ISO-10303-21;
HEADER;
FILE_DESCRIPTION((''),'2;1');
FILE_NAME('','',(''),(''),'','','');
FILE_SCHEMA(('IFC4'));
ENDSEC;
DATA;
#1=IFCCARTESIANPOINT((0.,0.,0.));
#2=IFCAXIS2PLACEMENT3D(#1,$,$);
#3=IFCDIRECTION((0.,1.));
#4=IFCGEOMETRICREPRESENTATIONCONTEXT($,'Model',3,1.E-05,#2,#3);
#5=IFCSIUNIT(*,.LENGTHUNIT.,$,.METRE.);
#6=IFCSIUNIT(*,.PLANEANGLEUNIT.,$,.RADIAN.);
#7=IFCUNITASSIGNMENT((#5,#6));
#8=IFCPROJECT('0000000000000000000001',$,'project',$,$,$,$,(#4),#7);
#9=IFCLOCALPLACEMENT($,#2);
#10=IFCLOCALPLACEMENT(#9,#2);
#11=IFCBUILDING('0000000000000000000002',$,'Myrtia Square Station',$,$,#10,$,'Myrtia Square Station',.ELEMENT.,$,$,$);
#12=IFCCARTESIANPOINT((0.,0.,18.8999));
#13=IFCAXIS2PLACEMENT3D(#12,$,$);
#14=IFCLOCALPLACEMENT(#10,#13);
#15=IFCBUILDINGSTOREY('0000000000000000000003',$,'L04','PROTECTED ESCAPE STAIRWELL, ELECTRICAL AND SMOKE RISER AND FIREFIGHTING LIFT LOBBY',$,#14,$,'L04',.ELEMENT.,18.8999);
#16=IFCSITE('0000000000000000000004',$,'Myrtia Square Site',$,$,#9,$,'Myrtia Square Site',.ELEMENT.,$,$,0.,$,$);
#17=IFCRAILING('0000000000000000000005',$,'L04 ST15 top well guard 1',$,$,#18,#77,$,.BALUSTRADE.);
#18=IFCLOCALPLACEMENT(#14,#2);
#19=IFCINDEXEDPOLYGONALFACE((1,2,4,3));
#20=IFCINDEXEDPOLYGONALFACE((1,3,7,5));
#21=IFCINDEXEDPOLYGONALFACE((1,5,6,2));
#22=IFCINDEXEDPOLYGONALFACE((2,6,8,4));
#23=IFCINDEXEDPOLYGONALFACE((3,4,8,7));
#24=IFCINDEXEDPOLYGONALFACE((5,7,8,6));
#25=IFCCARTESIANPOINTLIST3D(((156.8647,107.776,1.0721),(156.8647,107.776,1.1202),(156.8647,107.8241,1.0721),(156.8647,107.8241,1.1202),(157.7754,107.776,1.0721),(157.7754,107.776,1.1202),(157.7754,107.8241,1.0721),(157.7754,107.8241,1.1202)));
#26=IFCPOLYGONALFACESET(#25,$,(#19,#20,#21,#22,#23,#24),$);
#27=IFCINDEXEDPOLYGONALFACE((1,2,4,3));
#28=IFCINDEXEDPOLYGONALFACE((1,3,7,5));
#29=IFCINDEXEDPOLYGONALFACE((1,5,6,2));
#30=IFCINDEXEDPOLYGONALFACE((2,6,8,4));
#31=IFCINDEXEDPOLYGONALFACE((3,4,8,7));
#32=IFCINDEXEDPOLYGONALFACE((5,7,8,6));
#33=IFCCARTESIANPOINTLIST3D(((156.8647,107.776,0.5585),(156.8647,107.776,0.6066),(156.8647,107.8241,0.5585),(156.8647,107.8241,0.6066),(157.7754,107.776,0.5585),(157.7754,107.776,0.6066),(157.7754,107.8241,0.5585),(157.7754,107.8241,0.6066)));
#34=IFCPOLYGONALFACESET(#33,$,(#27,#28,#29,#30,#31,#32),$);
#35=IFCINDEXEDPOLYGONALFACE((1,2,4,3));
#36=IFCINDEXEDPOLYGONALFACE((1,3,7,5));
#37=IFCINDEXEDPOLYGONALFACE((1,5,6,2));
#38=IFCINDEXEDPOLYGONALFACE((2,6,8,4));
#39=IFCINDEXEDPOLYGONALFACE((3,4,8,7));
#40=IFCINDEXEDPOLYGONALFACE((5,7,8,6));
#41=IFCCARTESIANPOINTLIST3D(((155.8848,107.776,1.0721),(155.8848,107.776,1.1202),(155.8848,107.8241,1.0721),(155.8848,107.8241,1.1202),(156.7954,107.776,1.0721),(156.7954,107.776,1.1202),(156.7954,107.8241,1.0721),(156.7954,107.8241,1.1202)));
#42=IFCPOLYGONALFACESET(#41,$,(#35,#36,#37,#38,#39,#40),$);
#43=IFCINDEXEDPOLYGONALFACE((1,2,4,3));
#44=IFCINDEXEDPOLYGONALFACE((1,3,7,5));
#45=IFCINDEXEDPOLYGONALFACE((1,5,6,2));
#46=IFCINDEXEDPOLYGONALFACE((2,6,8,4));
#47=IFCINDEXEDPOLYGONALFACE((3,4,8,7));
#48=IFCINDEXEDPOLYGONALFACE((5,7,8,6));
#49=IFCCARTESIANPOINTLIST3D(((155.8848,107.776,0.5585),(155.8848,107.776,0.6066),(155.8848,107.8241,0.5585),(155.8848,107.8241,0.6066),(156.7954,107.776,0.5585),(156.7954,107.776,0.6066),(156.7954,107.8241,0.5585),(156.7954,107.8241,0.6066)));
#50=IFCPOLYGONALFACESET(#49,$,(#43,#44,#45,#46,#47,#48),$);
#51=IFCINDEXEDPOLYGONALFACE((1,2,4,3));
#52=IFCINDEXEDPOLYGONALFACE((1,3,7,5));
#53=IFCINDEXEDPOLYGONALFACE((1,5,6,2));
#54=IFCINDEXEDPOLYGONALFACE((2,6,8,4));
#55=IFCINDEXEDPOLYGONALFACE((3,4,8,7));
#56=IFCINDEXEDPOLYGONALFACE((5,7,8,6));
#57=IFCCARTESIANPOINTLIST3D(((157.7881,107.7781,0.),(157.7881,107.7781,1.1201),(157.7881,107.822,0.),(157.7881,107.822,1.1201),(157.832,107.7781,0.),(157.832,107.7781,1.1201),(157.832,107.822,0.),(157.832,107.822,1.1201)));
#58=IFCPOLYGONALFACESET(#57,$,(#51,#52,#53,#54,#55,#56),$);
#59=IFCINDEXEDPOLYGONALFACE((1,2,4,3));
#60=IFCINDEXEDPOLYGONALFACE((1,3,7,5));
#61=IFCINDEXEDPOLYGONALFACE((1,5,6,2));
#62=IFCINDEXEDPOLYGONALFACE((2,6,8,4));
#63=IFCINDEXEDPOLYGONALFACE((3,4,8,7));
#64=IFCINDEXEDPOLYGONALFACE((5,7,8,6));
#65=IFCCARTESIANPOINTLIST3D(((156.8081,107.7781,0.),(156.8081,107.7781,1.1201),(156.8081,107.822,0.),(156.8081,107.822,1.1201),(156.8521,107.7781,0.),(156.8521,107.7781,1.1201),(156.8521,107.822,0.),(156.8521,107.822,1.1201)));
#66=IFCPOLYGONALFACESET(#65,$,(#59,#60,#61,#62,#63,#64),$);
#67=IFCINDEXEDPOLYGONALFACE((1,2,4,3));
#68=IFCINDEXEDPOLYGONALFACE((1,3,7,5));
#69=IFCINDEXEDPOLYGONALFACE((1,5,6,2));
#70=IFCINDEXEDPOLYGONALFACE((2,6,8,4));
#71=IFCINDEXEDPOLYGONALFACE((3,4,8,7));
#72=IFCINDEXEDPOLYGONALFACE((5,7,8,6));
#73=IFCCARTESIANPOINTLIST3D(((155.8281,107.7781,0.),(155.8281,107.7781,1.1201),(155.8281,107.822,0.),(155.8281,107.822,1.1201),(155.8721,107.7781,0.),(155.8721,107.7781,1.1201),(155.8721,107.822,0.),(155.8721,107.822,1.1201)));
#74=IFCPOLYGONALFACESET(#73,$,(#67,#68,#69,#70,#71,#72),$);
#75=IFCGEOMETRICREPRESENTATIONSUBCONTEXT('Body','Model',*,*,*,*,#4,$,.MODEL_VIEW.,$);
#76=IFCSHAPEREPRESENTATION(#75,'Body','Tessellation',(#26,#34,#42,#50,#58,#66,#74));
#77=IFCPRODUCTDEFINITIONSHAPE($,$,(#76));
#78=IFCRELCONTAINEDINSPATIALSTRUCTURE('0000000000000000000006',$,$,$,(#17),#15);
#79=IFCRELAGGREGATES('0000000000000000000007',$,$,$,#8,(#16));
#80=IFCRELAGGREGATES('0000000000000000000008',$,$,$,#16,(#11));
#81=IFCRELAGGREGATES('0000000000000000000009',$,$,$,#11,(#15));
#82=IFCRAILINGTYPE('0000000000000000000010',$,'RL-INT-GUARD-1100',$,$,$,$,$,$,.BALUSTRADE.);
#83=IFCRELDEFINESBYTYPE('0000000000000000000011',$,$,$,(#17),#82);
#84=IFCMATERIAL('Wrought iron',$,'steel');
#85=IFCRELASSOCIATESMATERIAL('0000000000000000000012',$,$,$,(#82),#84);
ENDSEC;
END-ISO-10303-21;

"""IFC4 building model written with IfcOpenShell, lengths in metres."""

from ifc_helpers import new_model, si_unit, direction, frame, origin, origin_2d, place, context, subcontext, project, spatial, rectangle, extrude, material, type_object, element, save


model = new_model("IFC4")

# Units and contexts
model_context = context("Model", 3, precision=1e-05, world=origin(), true_north=direction((0.0, 1.0)))
body_context = subcontext(model_context, "Body", "Model", "MODEL_VIEW")
ifc_project = project(units=[si_unit("LENGTHUNIT", "METRE"), si_unit("PLANEANGLEUNIT", "RADIAN")], contexts=[model_context])

# Site, building, storey
site_placement = place(None, origin())
site = spatial("IfcSite", under=ifc_project, at=site_placement, Name="Myrtia Square Site", LongName="Myrtia Square Site", CompositionType="ELEMENT", RefElevation=0.0)
building_placement = place(site_placement, origin())
building = spatial("IfcBuilding", under=site, at=building_placement, Name="Myrtia Square Station", LongName="Myrtia Square Station", CompositionType="ELEMENT")
storey_placement = place(building_placement, frame((0.0, 0.0, 18.8999)))
storey = spatial("IfcBuildingStorey", under=building, at=storey_placement, Name="L04", Description="PROTECTED ESCAPE STAIRWELL, ELECTRICAL AND SMOKE RISER AND FIREFIGHTING LIFT LOBBY", LongName="L04", CompositionType="ELEMENT", Elevation=18.8999)

# Railing
ifc_material_1 = material(Name="Wrought iron", Category="steel")
railing_type = type_object("IfcRailingType", Name="RL-INT-GUARD-1100", PredefinedType="BALUSTRADE", material=ifc_material_1)
railing_placement = place(storey_placement, frame((157.8101, 107.8, 0.0)))
element("IfcRailing", 1, at=railing_placement, inside=storey, type_object=railing_type, Name="L04 ST15 top well guard 1", PredefinedType="BALUSTRADE", context=body_context, shape_type="SweptSolid", body=[
    extrude(rectangle(XDim=0.0481, YDim=0.0481, at=origin_2d()), frame((-0.0347, 0.0, 1.0962), z_axis=(-1.0, 0.0, 0.0), x_axis=(0.0, -1.0, 0.0)), (0.0, 0.0, 1.0), 0.9106),
    extrude(rectangle(XDim=0.0481, YDim=0.0481, at=origin_2d()), frame((-0.0347, 0.0, 0.5825), z_axis=(-1.0, 0.0, 0.0), x_axis=(0.0, -1.0, 0.0)), (0.0, 0.0, 1.0), 0.9106),
    extrude(rectangle(XDim=0.0481, YDim=0.0481, at=origin_2d()), frame((-1.0146, 0.0, 1.0962), z_axis=(-1.0, 0.0, 0.0), x_axis=(0.0, -1.0, 0.0)), (0.0, 0.0, 1.0), 0.9106),
    extrude(rectangle(XDim=0.0481, YDim=0.0481, at=origin_2d()), frame((-1.0146, 0.0, 0.5825), z_axis=(-1.0, 0.0, 0.0), x_axis=(0.0, -1.0, 0.0)), (0.0, 0.0, 1.0), 0.9106),
    extrude(rectangle(XDim=0.0439, YDim=0.0439, at=origin_2d()), origin(), (0.0, 0.0, 1.0), 1.1201),
    extrude(rectangle(XDim=0.0439, YDim=0.0439, at=origin_2d()), frame((-0.98, 0.0, 0.0)), (0.0, 0.0, 1.0), 1.1201),
    extrude(rectangle(XDim=0.0439, YDim=0.0439, at=origin_2d()), frame((-1.96, 0.0, 0.0)), (0.0, 0.0, 1.0), 1.1201),
])

save(model, "model.ifc")
